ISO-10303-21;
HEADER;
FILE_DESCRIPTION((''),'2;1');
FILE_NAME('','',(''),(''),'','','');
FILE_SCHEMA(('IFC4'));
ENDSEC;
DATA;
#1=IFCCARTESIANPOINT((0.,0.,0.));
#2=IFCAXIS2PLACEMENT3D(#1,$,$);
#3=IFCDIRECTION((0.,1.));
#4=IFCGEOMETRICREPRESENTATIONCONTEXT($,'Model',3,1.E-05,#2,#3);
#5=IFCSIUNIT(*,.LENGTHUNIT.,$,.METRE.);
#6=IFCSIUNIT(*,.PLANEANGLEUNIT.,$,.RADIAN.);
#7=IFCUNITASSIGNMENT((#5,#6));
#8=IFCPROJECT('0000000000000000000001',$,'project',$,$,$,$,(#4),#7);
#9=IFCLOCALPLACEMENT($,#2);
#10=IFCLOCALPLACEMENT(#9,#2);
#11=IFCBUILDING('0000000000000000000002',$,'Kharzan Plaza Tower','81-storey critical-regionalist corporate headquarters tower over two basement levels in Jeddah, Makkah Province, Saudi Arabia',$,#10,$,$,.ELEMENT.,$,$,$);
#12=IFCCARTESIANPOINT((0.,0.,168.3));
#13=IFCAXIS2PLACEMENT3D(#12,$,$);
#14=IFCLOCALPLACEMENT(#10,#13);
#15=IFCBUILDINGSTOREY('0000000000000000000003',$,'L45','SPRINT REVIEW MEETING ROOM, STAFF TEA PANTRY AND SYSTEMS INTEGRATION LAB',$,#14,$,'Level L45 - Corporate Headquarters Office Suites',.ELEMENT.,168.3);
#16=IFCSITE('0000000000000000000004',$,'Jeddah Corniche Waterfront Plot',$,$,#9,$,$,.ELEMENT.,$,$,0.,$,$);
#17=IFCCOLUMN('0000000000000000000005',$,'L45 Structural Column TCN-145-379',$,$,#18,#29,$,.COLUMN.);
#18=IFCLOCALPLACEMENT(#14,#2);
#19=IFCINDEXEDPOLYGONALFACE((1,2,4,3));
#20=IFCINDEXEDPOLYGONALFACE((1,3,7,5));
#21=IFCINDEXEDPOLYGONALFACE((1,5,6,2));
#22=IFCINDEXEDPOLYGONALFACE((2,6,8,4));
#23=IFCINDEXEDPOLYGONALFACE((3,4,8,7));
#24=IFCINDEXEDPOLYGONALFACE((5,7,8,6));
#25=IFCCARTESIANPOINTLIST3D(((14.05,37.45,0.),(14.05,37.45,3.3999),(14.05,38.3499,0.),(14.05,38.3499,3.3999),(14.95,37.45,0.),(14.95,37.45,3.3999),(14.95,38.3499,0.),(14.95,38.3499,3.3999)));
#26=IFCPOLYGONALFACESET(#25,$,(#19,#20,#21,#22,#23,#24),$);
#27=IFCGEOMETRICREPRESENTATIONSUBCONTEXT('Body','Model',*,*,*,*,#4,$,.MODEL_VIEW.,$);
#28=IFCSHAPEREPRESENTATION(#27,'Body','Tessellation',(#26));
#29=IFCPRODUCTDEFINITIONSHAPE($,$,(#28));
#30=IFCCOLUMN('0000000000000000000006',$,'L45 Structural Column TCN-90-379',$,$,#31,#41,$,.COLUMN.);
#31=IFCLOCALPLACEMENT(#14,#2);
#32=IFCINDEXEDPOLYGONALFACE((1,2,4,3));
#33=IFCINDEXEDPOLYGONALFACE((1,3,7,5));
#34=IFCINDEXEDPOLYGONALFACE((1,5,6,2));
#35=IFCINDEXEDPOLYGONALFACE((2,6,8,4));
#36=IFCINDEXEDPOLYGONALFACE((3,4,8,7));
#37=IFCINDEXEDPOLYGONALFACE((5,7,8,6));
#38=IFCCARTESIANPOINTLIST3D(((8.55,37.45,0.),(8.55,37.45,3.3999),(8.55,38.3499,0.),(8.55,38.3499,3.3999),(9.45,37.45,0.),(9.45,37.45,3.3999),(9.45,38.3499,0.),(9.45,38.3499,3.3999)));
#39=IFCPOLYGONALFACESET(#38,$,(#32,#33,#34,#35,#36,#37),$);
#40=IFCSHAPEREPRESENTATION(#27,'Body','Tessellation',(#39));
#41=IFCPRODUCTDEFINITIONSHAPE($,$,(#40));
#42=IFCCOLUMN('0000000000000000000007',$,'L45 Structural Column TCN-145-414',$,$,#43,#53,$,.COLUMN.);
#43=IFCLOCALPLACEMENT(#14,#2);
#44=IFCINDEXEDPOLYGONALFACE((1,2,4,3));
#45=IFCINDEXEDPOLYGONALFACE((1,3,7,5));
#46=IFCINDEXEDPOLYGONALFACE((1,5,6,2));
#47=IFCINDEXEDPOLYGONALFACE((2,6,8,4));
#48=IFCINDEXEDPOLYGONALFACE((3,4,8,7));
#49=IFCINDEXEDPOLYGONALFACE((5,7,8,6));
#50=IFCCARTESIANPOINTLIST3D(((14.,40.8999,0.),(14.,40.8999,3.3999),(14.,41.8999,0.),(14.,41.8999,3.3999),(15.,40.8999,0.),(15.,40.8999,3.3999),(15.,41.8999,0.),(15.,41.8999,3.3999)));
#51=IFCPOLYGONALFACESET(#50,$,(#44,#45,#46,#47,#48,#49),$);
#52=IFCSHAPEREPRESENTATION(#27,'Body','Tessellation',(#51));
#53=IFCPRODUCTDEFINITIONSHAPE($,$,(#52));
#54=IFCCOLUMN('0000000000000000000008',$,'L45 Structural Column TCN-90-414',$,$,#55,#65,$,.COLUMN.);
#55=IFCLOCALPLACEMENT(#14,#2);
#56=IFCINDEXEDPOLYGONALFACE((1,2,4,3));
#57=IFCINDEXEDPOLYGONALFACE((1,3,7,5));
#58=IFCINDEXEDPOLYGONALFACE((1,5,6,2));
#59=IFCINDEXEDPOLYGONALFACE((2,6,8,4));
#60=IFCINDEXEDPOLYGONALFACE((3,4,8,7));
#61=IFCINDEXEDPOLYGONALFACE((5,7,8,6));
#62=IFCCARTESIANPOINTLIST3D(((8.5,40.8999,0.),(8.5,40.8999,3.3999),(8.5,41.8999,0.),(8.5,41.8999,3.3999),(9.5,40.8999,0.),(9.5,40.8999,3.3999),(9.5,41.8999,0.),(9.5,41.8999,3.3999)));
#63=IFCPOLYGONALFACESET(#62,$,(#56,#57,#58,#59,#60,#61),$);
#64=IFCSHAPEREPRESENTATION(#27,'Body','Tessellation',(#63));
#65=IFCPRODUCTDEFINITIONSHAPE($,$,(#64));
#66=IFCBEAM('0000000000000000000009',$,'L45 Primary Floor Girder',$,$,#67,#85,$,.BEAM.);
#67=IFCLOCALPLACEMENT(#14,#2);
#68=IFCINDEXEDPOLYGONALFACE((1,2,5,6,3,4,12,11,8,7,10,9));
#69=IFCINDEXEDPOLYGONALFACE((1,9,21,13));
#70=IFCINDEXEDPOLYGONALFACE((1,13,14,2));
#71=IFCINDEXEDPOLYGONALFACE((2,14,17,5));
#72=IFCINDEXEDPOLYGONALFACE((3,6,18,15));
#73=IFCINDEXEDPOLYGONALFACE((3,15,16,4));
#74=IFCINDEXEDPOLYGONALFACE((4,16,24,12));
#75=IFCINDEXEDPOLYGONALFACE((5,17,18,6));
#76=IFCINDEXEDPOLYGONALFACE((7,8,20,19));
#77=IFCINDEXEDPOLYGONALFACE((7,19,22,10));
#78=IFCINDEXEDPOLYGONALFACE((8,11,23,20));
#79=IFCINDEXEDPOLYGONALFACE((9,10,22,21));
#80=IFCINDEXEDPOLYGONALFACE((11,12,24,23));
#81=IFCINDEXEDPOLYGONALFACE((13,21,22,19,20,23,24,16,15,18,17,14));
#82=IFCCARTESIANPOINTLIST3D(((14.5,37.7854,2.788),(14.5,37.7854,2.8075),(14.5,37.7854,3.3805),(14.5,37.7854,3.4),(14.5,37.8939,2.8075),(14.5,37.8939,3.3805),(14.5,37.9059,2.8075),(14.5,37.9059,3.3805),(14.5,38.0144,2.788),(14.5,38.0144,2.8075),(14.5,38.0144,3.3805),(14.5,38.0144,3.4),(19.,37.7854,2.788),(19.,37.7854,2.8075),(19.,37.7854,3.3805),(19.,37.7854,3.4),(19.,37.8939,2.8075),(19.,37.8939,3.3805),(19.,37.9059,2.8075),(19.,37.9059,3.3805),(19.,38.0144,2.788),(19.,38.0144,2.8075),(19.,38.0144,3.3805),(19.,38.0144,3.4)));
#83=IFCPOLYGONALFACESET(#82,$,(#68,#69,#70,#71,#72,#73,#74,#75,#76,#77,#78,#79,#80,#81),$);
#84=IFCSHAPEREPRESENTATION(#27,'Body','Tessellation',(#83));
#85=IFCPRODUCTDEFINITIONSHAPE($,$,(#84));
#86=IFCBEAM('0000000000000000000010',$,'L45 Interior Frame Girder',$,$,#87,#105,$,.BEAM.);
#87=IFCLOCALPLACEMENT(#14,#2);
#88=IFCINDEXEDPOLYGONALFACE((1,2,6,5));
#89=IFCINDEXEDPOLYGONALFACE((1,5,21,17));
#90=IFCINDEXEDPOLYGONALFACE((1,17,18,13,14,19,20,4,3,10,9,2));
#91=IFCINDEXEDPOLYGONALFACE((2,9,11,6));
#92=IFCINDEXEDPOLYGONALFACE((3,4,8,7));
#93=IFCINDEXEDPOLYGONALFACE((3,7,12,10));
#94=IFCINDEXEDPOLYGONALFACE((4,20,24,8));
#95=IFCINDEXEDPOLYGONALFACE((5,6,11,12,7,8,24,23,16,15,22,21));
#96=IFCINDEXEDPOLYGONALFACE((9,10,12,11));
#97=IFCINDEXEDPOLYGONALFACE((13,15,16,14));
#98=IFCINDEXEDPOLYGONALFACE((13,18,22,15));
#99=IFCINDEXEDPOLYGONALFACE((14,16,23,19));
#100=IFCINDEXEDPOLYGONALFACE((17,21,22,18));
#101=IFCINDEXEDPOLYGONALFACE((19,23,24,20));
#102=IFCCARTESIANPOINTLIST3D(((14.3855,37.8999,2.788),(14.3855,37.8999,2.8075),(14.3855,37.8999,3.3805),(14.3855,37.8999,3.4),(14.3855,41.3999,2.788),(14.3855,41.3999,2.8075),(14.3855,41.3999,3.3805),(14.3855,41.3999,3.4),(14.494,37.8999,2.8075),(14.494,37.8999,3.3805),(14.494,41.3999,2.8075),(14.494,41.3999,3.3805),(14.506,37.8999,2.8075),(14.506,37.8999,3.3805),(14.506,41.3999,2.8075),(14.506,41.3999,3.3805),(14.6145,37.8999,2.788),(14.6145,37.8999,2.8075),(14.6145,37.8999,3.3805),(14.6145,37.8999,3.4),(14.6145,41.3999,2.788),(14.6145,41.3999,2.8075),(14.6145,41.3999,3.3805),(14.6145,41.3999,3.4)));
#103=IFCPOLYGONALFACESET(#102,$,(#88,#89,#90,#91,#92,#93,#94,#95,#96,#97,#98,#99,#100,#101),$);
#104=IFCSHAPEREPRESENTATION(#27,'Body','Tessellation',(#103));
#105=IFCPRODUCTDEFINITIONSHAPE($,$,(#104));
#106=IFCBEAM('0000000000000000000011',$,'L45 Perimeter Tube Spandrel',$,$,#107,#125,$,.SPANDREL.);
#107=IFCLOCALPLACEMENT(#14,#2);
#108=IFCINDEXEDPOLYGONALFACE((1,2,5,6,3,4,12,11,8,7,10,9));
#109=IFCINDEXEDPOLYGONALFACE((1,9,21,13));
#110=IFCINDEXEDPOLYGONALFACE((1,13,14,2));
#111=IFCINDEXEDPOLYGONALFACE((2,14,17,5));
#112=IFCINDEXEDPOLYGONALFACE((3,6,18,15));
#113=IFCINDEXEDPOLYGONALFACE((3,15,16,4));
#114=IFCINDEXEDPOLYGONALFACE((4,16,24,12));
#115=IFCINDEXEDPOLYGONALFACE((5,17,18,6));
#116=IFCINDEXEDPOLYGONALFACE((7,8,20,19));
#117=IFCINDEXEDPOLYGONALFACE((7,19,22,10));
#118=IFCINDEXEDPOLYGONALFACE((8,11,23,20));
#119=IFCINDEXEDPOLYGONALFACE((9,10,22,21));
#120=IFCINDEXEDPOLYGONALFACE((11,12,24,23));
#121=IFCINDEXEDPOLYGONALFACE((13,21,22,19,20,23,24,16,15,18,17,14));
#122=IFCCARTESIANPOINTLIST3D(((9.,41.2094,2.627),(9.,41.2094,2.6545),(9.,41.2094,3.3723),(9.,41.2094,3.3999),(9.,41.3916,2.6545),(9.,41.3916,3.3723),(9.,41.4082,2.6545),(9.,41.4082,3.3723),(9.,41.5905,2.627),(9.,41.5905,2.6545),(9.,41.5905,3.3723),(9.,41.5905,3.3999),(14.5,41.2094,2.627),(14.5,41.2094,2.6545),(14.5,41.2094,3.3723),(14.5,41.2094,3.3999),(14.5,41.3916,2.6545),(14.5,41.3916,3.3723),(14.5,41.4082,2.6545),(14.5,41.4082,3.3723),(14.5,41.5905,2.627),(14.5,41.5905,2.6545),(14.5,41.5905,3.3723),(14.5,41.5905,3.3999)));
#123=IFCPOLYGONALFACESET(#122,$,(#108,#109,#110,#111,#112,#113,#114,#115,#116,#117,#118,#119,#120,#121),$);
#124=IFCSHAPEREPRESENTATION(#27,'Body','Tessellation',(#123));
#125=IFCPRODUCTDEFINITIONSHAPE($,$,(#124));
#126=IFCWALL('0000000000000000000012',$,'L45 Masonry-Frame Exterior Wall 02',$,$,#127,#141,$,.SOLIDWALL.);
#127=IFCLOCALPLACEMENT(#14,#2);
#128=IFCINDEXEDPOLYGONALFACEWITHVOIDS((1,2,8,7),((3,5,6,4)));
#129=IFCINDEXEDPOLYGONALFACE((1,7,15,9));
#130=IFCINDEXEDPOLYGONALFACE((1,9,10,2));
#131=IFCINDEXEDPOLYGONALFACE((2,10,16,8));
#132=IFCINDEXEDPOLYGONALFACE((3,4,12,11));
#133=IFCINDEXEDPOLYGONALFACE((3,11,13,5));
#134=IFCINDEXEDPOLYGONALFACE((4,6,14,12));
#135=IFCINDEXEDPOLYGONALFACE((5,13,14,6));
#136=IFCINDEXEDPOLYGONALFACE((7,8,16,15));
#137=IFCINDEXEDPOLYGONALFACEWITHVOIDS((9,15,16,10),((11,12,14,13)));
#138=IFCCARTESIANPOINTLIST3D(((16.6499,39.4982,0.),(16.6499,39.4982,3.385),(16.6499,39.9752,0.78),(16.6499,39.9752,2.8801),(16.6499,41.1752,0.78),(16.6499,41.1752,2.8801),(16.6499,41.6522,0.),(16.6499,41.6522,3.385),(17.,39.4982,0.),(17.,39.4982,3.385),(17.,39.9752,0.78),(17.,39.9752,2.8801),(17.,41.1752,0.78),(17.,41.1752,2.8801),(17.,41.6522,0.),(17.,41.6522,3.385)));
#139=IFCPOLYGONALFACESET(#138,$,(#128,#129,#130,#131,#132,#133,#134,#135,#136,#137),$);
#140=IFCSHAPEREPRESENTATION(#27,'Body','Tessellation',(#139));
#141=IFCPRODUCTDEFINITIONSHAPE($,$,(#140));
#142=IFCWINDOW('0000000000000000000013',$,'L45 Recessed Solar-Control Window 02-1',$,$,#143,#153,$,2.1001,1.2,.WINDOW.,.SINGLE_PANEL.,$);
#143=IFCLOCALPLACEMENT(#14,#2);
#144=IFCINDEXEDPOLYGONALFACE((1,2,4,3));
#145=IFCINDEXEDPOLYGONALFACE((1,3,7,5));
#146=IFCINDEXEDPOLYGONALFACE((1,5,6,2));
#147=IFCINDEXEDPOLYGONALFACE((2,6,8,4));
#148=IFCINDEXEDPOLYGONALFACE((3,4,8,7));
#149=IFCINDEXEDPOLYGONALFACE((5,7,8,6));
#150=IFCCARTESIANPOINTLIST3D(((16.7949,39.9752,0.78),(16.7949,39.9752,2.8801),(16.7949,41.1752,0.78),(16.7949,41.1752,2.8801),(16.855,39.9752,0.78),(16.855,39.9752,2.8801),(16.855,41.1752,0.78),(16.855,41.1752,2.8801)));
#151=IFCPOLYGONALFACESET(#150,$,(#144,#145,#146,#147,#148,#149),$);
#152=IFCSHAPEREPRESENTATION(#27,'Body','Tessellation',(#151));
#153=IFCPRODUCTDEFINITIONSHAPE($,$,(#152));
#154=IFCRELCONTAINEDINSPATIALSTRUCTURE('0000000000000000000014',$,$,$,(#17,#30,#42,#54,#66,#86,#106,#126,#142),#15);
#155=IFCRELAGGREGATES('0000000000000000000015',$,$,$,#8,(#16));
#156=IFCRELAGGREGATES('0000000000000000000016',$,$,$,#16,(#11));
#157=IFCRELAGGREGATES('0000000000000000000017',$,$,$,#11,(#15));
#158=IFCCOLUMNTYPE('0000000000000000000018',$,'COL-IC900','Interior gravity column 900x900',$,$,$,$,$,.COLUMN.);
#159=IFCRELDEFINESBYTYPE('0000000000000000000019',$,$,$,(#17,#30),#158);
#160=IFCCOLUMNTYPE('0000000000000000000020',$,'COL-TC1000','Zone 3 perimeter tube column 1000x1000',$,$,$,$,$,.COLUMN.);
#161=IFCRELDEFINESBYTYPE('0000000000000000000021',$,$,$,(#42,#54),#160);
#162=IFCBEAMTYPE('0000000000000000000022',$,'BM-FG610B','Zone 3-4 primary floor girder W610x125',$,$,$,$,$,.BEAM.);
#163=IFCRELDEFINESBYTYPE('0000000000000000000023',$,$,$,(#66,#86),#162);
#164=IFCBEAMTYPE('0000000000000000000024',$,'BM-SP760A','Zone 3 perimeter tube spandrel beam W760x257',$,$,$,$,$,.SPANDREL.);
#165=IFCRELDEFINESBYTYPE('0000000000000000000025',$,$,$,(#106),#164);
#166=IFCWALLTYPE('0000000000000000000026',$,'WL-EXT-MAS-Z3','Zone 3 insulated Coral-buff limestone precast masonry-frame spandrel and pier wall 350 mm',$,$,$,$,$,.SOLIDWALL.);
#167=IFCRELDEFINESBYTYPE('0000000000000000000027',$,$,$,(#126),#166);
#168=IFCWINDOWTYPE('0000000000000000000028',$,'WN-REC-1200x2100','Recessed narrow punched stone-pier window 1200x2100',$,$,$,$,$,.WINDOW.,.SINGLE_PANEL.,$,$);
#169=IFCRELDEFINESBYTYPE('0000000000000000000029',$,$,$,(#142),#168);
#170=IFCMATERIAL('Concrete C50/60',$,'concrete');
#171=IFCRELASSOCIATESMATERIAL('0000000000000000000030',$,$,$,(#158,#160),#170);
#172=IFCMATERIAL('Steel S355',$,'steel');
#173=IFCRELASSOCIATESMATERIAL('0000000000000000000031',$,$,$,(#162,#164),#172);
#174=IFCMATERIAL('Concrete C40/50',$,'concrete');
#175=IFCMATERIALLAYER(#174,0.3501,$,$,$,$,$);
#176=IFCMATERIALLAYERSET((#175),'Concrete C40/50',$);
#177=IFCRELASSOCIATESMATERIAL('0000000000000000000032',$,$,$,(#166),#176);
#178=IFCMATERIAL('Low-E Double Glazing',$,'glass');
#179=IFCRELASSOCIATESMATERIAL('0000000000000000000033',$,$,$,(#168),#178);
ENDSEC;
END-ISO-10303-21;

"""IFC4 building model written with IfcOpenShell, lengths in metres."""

from ifc_helpers import new_model, si_unit, direction, frame, frame_2d, origin, origin_2d, place, context, subcontext, project, spatial, rectangle, i_section, extrude, source, transform, mapped, material, layer, layer_set, material_profile, profile_set, type_object, element, fill, save


model = new_model("IFC4")

# Units and contexts
model_context = context("Model", 3, precision=1e-05, world=origin(), true_north=direction((0.0, 1.0)))
body_context = subcontext(model_context, "Body", "Model", "MODEL_VIEW")
ifc_project = project(units=[si_unit("LENGTHUNIT", "METRE"), si_unit("PLANEANGLEUNIT", "RADIAN")], contexts=[model_context])

# Site, building, storey
site_placement = place(None, origin())
site = spatial("IfcSite", under=ifc_project, at=site_placement, Name="Jeddah Corniche Waterfront Plot", CompositionType="ELEMENT", RefElevation=0.0)
building_placement = place(site_placement, origin())
building = spatial("IfcBuilding", under=site, at=building_placement, Name="Kharzan Plaza Tower", Description="81-storey critical-regionalist corporate headquarters tower over two basement levels in Jeddah, Makkah Province, Saudi Arabia", CompositionType="ELEMENT")
storey_placement = place(building_placement, frame((0.0, 0.0, 168.3)))
storey = spatial("IfcBuildingStorey", under=building, at=storey_placement, Name="L45", Description="SPRINT REVIEW MEETING ROOM, STAFF TEA PANTRY AND SYSTEMS INTEGRATION LAB", LongName="Level L45 - Corporate Headquarters Office Suites", CompositionType="ELEMENT", Elevation=168.3)

# Columns
ifc_material_1 = material(Name="Concrete C50/60", Category="concrete")
ifc_material_profile_1 = material_profile(ifc_material_1, rectangle(XDim=0.8999, YDim=0.8999, at=origin_2d()), Name="RC-IC900x900")
ifc_profile_set_1 = profile_set([ifc_material_profile_1], Name="Concrete C50/60")
column_type_1 = type_object("IfcColumnType", Name="COL-IC900", Description="Interior gravity column 900x900", PredefinedType="COLUMN", material=ifc_profile_set_1)
shared_shape_1 = source(origin(), body_context, "Body", "SweptSolid", [
    extrude(rectangle(XDim=0.8999, YDim=0.8999, at=origin_2d()), origin(), (0.0, 0.0, 1.0), 3.3999),
])
for number, where, z_axis, x_axis, name in (
    (1, (14.5, 37.8999, 0.0), (0.0, 0.0, 1.0), (1.0, 0.0, 0.0), "L45 Structural Column TCN-145-379"),
    (2, (9.0, 37.8999, 0.0), (0.0, 0.0, 1.0), (1.0, 0.0, 0.0), "L45 Structural Column TCN-90-379"),
):
    element("IfcColumn", number, at=place(storey_placement, frame(where, z_axis=z_axis, x_axis=x_axis)), inside=storey, type_object=column_type_1, Name=name, PredefinedType="COLUMN", context=body_context, shape_type="MappedRepresentation", body=[
        mapped(shared_shape_1, transform((0.0, 0.0, 0.0), x_axis=(1.0, 0.0, 0.0), y_axis=(0.0, 1.0, 0.0), z_axis=(0.0, 0.0, 1.0))),
    ])
ifc_material_profile_2 = material_profile(ifc_material_1, rectangle(XDim=1.0, YDim=1.0, at=origin_2d()), Name="RC-TC1000x1000")
ifc_profile_set_2 = profile_set([ifc_material_profile_2], Name="Concrete C50/60")
column_type_2 = type_object("IfcColumnType", Name="COL-TC1000", Description="Zone 3 perimeter tube column 1000x1000", PredefinedType="COLUMN", material=ifc_profile_set_2)
shared_shape_2 = source(origin(), body_context, "Body", "SweptSolid", [
    extrude(rectangle(XDim=1.0, YDim=1.0, at=origin_2d()), origin(), (0.0, 0.0, 1.0), 3.3999),
])
for number, where, z_axis, x_axis, name in (
    (3, (14.5, 41.3999, 0.0), (0.0, 0.0, 1.0), (1.0, 0.0, 0.0), "L45 Structural Column TCN-145-414"),
    (4, (9.0, 41.3999, 0.0), (0.0, 0.0, 1.0), (1.0, 0.0, 0.0), "L45 Structural Column TCN-90-414"),
):
    element("IfcColumn", number, at=place(storey_placement, frame(where, z_axis=z_axis, x_axis=x_axis)), inside=storey, type_object=column_type_2, Name=name, PredefinedType="COLUMN", context=body_context, shape_type="MappedRepresentation", body=[
        mapped(shared_shape_2, transform((0.0, 0.0, 0.0), x_axis=(1.0, 0.0, 0.0), y_axis=(0.0, 1.0, 0.0), z_axis=(0.0, 0.0, 1.0))),
    ])

# Beams
ifc_material_2 = material(Name="Steel S355", Category="steel")
ifc_material_profile_3 = material_profile(ifc_material_2, i_section(OverallWidth=0.229, OverallDepth=0.6121, WebThickness=0.012, FlangeThickness=0.0195, at=origin_2d()), Name="W610x125")
ifc_profile_set_3 = profile_set([ifc_material_profile_3], Name="Steel S355")
beam_type_1 = type_object("IfcBeamType", Name="BM-FG610B", Description="Zone 3-4 primary floor girder W610x125", PredefinedType="BEAM", material=ifc_profile_set_3)
shared_shape_3 = source(origin(), body_context, "Body", "SweptSolid", [
    extrude(i_section(OverallWidth=0.229, OverallDepth=0.6121, WebThickness=0.012, FlangeThickness=0.0195, at=origin_2d()), origin(), (0.0, 0.0, 1.0), 4.5),
])
beam_1_placement = place(storey_placement, frame((14.5, 37.8999, 3.094), z_axis=(1.0, 0.0, 0.0), x_axis=(0.0, 1.0, 0.0)))
element("IfcBeam", 5, at=beam_1_placement, inside=storey, type_object=beam_type_1, Name="L45 Primary Floor Girder", PredefinedType="BEAM", context=body_context, shape_type="MappedRepresentation", body=[
    mapped(shared_shape_3, transform((0.0, 0.0, 0.0), x_axis=(1.0, 0.0, 0.0), y_axis=(0.0, 1.0, 0.0), z_axis=(0.0, 0.0, 1.0))),
])
shared_shape_4 = source(origin(), body_context, "Body", "SweptSolid", [
    extrude(i_section(OverallWidth=0.229, OverallDepth=0.6121, WebThickness=0.012, FlangeThickness=0.0195, at=origin_2d()), origin(), (0.0, 0.0, 1.0), 3.5),
])
beam_2_placement = place(storey_placement, frame((14.5, 37.8999, 3.094), z_axis=(0.0, 1.0, 0.0), x_axis=(-1.0, 0.0, 0.0)))
element("IfcBeam", 6, at=beam_2_placement, inside=storey, type_object=beam_type_1, Name="L45 Interior Frame Girder", PredefinedType="BEAM", context=body_context, shape_type="MappedRepresentation", body=[
    mapped(shared_shape_4, transform((0.0, 0.0, 0.0), x_axis=(1.0, 0.0, 0.0), y_axis=(0.0, 1.0, 0.0), z_axis=(0.0, 0.0, 1.0))),
])
ifc_material_profile_4 = material_profile(ifc_material_2, i_section(OverallWidth=0.3811, OverallDepth=0.7729, WebThickness=0.0166, FlangeThickness=0.0276, at=origin_2d()), Name="W760x257")
ifc_profile_set_4 = profile_set([ifc_material_profile_4], Name="Steel S355")
beam_type_2 = type_object("IfcBeamType", Name="BM-SP760A", Description="Zone 3 perimeter tube spandrel beam W760x257", PredefinedType="SPANDREL", material=ifc_profile_set_4)
shared_shape_5 = source(origin(), body_context, "Body", "SweptSolid", [
    extrude(i_section(OverallWidth=0.3811, OverallDepth=0.7729, WebThickness=0.0166, FlangeThickness=0.0276, at=origin_2d()), origin(), (0.0, 0.0, 1.0), 5.5),
])
beam_3_placement = place(storey_placement, frame((9.0, 41.3999, 3.0134), z_axis=(1.0, 0.0, 0.0), x_axis=(0.0, 1.0, 0.0)))
element("IfcBeam", 7, at=beam_3_placement, inside=storey, type_object=beam_type_2, Name="L45 Perimeter Tube Spandrel", PredefinedType="SPANDREL", context=body_context, shape_type="MappedRepresentation", body=[
    mapped(shared_shape_5, transform((0.0, 0.0, 0.0), x_axis=(1.0, 0.0, 0.0), y_axis=(0.0, 1.0, 0.0), z_axis=(0.0, 0.0, 1.0))),
])

# Wall, opening, window
ifc_material_3 = material(Name="Concrete C40/50", Category="concrete")
ifc_layer_1 = layer(ifc_material_3, 0.3501)
ifc_layer_set_1 = layer_set([ifc_layer_1], Name="Concrete C40/50")
wall_type_1 = type_object("IfcWallType", Name="WL-EXT-MAS-Z3", Description="Zone 3 insulated Coral-buff limestone precast masonry-frame spandrel and pier wall 350 mm", PredefinedType="SOLIDWALL", material=ifc_layer_set_1)
wall_1_placement = place(storey_placement, frame((16.825, 39.498, 0.0), z_axis=(0.0, 0.0, 1.0), x_axis=(0.0, 1.0, 0.0)))
wall_1 = element("IfcWall", 8, at=wall_1_placement, inside=storey, type_object=wall_type_1, Name="L45 Masonry-Frame Exterior Wall 02", PredefinedType="SOLIDWALL", context=body_context, shape_type="SweptSolid", body=[
    extrude(rectangle(XDim=2.1541, YDim=0.3501, at=frame_2d((1.0771, 0.0))), origin(), (0.0, 0.0, 1.0), 3.385),
])
opening_1_placement = place(wall_1_placement, frame((0.4771, 0.0, 0.78)))
opening_1 = element("IfcOpeningElement", 9, at=opening_1_placement, cuts=wall_1, PredefinedType="OPENING", context=body_context, shape_type="SweptSolid", body=[
    extrude(rectangle(XDim=1.2, YDim=2.1001, at=frame_2d((0.6001, 1.05))), frame((0.0, 0.1851, 0.0), z_axis=(0.0, -1.0, 0.0), x_axis=(1.0, 0.0, 0.0)), (0.0, 0.0, 1.0), 0.3701),
])
ifc_material_4 = material(Name="Low-E Double Glazing", Category="glass")
window_type_1 = type_object("IfcWindowType", Name="WN-REC-1200x2100", Description="Recessed narrow punched stone-pier window 1200x2100", PartitioningType="SINGLE_PANEL", PredefinedType="WINDOW", material=ifc_material_4)
shared_shape_6 = source(origin(), body_context, "Body", "SweptSolid", [
    extrude(rectangle(XDim=1.2, YDim=2.1001, at=frame_2d((0.6001, 1.05))), frame((0.0, 0.03, 0.0), z_axis=(0.0, -1.0, 0.0), x_axis=(1.0, 0.0, 0.0)), (0.0, 0.0, 1.0), 0.0601),
])
window_1_placement = place(opening_1_placement, origin())
window_1 = element("IfcWindow", 10, at=window_1_placement, inside=storey, type_object=window_type_1, Name="L45 Recessed Solar-Control Window 02-1", OverallHeight=2.1001, OverallWidth=1.2, PartitioningType="SINGLE_PANEL", PredefinedType="WINDOW", context=body_context, shape_type="MappedRepresentation", body=[
    mapped(shared_shape_6, transform((0.0, 0.0, 0.0), x_axis=(1.0, 0.0, 0.0), y_axis=(0.0, 1.0, 0.0), z_axis=(0.0, 0.0, 1.0))),
])
fill(opening_1, window_1)

save(model, "model.ifc")
